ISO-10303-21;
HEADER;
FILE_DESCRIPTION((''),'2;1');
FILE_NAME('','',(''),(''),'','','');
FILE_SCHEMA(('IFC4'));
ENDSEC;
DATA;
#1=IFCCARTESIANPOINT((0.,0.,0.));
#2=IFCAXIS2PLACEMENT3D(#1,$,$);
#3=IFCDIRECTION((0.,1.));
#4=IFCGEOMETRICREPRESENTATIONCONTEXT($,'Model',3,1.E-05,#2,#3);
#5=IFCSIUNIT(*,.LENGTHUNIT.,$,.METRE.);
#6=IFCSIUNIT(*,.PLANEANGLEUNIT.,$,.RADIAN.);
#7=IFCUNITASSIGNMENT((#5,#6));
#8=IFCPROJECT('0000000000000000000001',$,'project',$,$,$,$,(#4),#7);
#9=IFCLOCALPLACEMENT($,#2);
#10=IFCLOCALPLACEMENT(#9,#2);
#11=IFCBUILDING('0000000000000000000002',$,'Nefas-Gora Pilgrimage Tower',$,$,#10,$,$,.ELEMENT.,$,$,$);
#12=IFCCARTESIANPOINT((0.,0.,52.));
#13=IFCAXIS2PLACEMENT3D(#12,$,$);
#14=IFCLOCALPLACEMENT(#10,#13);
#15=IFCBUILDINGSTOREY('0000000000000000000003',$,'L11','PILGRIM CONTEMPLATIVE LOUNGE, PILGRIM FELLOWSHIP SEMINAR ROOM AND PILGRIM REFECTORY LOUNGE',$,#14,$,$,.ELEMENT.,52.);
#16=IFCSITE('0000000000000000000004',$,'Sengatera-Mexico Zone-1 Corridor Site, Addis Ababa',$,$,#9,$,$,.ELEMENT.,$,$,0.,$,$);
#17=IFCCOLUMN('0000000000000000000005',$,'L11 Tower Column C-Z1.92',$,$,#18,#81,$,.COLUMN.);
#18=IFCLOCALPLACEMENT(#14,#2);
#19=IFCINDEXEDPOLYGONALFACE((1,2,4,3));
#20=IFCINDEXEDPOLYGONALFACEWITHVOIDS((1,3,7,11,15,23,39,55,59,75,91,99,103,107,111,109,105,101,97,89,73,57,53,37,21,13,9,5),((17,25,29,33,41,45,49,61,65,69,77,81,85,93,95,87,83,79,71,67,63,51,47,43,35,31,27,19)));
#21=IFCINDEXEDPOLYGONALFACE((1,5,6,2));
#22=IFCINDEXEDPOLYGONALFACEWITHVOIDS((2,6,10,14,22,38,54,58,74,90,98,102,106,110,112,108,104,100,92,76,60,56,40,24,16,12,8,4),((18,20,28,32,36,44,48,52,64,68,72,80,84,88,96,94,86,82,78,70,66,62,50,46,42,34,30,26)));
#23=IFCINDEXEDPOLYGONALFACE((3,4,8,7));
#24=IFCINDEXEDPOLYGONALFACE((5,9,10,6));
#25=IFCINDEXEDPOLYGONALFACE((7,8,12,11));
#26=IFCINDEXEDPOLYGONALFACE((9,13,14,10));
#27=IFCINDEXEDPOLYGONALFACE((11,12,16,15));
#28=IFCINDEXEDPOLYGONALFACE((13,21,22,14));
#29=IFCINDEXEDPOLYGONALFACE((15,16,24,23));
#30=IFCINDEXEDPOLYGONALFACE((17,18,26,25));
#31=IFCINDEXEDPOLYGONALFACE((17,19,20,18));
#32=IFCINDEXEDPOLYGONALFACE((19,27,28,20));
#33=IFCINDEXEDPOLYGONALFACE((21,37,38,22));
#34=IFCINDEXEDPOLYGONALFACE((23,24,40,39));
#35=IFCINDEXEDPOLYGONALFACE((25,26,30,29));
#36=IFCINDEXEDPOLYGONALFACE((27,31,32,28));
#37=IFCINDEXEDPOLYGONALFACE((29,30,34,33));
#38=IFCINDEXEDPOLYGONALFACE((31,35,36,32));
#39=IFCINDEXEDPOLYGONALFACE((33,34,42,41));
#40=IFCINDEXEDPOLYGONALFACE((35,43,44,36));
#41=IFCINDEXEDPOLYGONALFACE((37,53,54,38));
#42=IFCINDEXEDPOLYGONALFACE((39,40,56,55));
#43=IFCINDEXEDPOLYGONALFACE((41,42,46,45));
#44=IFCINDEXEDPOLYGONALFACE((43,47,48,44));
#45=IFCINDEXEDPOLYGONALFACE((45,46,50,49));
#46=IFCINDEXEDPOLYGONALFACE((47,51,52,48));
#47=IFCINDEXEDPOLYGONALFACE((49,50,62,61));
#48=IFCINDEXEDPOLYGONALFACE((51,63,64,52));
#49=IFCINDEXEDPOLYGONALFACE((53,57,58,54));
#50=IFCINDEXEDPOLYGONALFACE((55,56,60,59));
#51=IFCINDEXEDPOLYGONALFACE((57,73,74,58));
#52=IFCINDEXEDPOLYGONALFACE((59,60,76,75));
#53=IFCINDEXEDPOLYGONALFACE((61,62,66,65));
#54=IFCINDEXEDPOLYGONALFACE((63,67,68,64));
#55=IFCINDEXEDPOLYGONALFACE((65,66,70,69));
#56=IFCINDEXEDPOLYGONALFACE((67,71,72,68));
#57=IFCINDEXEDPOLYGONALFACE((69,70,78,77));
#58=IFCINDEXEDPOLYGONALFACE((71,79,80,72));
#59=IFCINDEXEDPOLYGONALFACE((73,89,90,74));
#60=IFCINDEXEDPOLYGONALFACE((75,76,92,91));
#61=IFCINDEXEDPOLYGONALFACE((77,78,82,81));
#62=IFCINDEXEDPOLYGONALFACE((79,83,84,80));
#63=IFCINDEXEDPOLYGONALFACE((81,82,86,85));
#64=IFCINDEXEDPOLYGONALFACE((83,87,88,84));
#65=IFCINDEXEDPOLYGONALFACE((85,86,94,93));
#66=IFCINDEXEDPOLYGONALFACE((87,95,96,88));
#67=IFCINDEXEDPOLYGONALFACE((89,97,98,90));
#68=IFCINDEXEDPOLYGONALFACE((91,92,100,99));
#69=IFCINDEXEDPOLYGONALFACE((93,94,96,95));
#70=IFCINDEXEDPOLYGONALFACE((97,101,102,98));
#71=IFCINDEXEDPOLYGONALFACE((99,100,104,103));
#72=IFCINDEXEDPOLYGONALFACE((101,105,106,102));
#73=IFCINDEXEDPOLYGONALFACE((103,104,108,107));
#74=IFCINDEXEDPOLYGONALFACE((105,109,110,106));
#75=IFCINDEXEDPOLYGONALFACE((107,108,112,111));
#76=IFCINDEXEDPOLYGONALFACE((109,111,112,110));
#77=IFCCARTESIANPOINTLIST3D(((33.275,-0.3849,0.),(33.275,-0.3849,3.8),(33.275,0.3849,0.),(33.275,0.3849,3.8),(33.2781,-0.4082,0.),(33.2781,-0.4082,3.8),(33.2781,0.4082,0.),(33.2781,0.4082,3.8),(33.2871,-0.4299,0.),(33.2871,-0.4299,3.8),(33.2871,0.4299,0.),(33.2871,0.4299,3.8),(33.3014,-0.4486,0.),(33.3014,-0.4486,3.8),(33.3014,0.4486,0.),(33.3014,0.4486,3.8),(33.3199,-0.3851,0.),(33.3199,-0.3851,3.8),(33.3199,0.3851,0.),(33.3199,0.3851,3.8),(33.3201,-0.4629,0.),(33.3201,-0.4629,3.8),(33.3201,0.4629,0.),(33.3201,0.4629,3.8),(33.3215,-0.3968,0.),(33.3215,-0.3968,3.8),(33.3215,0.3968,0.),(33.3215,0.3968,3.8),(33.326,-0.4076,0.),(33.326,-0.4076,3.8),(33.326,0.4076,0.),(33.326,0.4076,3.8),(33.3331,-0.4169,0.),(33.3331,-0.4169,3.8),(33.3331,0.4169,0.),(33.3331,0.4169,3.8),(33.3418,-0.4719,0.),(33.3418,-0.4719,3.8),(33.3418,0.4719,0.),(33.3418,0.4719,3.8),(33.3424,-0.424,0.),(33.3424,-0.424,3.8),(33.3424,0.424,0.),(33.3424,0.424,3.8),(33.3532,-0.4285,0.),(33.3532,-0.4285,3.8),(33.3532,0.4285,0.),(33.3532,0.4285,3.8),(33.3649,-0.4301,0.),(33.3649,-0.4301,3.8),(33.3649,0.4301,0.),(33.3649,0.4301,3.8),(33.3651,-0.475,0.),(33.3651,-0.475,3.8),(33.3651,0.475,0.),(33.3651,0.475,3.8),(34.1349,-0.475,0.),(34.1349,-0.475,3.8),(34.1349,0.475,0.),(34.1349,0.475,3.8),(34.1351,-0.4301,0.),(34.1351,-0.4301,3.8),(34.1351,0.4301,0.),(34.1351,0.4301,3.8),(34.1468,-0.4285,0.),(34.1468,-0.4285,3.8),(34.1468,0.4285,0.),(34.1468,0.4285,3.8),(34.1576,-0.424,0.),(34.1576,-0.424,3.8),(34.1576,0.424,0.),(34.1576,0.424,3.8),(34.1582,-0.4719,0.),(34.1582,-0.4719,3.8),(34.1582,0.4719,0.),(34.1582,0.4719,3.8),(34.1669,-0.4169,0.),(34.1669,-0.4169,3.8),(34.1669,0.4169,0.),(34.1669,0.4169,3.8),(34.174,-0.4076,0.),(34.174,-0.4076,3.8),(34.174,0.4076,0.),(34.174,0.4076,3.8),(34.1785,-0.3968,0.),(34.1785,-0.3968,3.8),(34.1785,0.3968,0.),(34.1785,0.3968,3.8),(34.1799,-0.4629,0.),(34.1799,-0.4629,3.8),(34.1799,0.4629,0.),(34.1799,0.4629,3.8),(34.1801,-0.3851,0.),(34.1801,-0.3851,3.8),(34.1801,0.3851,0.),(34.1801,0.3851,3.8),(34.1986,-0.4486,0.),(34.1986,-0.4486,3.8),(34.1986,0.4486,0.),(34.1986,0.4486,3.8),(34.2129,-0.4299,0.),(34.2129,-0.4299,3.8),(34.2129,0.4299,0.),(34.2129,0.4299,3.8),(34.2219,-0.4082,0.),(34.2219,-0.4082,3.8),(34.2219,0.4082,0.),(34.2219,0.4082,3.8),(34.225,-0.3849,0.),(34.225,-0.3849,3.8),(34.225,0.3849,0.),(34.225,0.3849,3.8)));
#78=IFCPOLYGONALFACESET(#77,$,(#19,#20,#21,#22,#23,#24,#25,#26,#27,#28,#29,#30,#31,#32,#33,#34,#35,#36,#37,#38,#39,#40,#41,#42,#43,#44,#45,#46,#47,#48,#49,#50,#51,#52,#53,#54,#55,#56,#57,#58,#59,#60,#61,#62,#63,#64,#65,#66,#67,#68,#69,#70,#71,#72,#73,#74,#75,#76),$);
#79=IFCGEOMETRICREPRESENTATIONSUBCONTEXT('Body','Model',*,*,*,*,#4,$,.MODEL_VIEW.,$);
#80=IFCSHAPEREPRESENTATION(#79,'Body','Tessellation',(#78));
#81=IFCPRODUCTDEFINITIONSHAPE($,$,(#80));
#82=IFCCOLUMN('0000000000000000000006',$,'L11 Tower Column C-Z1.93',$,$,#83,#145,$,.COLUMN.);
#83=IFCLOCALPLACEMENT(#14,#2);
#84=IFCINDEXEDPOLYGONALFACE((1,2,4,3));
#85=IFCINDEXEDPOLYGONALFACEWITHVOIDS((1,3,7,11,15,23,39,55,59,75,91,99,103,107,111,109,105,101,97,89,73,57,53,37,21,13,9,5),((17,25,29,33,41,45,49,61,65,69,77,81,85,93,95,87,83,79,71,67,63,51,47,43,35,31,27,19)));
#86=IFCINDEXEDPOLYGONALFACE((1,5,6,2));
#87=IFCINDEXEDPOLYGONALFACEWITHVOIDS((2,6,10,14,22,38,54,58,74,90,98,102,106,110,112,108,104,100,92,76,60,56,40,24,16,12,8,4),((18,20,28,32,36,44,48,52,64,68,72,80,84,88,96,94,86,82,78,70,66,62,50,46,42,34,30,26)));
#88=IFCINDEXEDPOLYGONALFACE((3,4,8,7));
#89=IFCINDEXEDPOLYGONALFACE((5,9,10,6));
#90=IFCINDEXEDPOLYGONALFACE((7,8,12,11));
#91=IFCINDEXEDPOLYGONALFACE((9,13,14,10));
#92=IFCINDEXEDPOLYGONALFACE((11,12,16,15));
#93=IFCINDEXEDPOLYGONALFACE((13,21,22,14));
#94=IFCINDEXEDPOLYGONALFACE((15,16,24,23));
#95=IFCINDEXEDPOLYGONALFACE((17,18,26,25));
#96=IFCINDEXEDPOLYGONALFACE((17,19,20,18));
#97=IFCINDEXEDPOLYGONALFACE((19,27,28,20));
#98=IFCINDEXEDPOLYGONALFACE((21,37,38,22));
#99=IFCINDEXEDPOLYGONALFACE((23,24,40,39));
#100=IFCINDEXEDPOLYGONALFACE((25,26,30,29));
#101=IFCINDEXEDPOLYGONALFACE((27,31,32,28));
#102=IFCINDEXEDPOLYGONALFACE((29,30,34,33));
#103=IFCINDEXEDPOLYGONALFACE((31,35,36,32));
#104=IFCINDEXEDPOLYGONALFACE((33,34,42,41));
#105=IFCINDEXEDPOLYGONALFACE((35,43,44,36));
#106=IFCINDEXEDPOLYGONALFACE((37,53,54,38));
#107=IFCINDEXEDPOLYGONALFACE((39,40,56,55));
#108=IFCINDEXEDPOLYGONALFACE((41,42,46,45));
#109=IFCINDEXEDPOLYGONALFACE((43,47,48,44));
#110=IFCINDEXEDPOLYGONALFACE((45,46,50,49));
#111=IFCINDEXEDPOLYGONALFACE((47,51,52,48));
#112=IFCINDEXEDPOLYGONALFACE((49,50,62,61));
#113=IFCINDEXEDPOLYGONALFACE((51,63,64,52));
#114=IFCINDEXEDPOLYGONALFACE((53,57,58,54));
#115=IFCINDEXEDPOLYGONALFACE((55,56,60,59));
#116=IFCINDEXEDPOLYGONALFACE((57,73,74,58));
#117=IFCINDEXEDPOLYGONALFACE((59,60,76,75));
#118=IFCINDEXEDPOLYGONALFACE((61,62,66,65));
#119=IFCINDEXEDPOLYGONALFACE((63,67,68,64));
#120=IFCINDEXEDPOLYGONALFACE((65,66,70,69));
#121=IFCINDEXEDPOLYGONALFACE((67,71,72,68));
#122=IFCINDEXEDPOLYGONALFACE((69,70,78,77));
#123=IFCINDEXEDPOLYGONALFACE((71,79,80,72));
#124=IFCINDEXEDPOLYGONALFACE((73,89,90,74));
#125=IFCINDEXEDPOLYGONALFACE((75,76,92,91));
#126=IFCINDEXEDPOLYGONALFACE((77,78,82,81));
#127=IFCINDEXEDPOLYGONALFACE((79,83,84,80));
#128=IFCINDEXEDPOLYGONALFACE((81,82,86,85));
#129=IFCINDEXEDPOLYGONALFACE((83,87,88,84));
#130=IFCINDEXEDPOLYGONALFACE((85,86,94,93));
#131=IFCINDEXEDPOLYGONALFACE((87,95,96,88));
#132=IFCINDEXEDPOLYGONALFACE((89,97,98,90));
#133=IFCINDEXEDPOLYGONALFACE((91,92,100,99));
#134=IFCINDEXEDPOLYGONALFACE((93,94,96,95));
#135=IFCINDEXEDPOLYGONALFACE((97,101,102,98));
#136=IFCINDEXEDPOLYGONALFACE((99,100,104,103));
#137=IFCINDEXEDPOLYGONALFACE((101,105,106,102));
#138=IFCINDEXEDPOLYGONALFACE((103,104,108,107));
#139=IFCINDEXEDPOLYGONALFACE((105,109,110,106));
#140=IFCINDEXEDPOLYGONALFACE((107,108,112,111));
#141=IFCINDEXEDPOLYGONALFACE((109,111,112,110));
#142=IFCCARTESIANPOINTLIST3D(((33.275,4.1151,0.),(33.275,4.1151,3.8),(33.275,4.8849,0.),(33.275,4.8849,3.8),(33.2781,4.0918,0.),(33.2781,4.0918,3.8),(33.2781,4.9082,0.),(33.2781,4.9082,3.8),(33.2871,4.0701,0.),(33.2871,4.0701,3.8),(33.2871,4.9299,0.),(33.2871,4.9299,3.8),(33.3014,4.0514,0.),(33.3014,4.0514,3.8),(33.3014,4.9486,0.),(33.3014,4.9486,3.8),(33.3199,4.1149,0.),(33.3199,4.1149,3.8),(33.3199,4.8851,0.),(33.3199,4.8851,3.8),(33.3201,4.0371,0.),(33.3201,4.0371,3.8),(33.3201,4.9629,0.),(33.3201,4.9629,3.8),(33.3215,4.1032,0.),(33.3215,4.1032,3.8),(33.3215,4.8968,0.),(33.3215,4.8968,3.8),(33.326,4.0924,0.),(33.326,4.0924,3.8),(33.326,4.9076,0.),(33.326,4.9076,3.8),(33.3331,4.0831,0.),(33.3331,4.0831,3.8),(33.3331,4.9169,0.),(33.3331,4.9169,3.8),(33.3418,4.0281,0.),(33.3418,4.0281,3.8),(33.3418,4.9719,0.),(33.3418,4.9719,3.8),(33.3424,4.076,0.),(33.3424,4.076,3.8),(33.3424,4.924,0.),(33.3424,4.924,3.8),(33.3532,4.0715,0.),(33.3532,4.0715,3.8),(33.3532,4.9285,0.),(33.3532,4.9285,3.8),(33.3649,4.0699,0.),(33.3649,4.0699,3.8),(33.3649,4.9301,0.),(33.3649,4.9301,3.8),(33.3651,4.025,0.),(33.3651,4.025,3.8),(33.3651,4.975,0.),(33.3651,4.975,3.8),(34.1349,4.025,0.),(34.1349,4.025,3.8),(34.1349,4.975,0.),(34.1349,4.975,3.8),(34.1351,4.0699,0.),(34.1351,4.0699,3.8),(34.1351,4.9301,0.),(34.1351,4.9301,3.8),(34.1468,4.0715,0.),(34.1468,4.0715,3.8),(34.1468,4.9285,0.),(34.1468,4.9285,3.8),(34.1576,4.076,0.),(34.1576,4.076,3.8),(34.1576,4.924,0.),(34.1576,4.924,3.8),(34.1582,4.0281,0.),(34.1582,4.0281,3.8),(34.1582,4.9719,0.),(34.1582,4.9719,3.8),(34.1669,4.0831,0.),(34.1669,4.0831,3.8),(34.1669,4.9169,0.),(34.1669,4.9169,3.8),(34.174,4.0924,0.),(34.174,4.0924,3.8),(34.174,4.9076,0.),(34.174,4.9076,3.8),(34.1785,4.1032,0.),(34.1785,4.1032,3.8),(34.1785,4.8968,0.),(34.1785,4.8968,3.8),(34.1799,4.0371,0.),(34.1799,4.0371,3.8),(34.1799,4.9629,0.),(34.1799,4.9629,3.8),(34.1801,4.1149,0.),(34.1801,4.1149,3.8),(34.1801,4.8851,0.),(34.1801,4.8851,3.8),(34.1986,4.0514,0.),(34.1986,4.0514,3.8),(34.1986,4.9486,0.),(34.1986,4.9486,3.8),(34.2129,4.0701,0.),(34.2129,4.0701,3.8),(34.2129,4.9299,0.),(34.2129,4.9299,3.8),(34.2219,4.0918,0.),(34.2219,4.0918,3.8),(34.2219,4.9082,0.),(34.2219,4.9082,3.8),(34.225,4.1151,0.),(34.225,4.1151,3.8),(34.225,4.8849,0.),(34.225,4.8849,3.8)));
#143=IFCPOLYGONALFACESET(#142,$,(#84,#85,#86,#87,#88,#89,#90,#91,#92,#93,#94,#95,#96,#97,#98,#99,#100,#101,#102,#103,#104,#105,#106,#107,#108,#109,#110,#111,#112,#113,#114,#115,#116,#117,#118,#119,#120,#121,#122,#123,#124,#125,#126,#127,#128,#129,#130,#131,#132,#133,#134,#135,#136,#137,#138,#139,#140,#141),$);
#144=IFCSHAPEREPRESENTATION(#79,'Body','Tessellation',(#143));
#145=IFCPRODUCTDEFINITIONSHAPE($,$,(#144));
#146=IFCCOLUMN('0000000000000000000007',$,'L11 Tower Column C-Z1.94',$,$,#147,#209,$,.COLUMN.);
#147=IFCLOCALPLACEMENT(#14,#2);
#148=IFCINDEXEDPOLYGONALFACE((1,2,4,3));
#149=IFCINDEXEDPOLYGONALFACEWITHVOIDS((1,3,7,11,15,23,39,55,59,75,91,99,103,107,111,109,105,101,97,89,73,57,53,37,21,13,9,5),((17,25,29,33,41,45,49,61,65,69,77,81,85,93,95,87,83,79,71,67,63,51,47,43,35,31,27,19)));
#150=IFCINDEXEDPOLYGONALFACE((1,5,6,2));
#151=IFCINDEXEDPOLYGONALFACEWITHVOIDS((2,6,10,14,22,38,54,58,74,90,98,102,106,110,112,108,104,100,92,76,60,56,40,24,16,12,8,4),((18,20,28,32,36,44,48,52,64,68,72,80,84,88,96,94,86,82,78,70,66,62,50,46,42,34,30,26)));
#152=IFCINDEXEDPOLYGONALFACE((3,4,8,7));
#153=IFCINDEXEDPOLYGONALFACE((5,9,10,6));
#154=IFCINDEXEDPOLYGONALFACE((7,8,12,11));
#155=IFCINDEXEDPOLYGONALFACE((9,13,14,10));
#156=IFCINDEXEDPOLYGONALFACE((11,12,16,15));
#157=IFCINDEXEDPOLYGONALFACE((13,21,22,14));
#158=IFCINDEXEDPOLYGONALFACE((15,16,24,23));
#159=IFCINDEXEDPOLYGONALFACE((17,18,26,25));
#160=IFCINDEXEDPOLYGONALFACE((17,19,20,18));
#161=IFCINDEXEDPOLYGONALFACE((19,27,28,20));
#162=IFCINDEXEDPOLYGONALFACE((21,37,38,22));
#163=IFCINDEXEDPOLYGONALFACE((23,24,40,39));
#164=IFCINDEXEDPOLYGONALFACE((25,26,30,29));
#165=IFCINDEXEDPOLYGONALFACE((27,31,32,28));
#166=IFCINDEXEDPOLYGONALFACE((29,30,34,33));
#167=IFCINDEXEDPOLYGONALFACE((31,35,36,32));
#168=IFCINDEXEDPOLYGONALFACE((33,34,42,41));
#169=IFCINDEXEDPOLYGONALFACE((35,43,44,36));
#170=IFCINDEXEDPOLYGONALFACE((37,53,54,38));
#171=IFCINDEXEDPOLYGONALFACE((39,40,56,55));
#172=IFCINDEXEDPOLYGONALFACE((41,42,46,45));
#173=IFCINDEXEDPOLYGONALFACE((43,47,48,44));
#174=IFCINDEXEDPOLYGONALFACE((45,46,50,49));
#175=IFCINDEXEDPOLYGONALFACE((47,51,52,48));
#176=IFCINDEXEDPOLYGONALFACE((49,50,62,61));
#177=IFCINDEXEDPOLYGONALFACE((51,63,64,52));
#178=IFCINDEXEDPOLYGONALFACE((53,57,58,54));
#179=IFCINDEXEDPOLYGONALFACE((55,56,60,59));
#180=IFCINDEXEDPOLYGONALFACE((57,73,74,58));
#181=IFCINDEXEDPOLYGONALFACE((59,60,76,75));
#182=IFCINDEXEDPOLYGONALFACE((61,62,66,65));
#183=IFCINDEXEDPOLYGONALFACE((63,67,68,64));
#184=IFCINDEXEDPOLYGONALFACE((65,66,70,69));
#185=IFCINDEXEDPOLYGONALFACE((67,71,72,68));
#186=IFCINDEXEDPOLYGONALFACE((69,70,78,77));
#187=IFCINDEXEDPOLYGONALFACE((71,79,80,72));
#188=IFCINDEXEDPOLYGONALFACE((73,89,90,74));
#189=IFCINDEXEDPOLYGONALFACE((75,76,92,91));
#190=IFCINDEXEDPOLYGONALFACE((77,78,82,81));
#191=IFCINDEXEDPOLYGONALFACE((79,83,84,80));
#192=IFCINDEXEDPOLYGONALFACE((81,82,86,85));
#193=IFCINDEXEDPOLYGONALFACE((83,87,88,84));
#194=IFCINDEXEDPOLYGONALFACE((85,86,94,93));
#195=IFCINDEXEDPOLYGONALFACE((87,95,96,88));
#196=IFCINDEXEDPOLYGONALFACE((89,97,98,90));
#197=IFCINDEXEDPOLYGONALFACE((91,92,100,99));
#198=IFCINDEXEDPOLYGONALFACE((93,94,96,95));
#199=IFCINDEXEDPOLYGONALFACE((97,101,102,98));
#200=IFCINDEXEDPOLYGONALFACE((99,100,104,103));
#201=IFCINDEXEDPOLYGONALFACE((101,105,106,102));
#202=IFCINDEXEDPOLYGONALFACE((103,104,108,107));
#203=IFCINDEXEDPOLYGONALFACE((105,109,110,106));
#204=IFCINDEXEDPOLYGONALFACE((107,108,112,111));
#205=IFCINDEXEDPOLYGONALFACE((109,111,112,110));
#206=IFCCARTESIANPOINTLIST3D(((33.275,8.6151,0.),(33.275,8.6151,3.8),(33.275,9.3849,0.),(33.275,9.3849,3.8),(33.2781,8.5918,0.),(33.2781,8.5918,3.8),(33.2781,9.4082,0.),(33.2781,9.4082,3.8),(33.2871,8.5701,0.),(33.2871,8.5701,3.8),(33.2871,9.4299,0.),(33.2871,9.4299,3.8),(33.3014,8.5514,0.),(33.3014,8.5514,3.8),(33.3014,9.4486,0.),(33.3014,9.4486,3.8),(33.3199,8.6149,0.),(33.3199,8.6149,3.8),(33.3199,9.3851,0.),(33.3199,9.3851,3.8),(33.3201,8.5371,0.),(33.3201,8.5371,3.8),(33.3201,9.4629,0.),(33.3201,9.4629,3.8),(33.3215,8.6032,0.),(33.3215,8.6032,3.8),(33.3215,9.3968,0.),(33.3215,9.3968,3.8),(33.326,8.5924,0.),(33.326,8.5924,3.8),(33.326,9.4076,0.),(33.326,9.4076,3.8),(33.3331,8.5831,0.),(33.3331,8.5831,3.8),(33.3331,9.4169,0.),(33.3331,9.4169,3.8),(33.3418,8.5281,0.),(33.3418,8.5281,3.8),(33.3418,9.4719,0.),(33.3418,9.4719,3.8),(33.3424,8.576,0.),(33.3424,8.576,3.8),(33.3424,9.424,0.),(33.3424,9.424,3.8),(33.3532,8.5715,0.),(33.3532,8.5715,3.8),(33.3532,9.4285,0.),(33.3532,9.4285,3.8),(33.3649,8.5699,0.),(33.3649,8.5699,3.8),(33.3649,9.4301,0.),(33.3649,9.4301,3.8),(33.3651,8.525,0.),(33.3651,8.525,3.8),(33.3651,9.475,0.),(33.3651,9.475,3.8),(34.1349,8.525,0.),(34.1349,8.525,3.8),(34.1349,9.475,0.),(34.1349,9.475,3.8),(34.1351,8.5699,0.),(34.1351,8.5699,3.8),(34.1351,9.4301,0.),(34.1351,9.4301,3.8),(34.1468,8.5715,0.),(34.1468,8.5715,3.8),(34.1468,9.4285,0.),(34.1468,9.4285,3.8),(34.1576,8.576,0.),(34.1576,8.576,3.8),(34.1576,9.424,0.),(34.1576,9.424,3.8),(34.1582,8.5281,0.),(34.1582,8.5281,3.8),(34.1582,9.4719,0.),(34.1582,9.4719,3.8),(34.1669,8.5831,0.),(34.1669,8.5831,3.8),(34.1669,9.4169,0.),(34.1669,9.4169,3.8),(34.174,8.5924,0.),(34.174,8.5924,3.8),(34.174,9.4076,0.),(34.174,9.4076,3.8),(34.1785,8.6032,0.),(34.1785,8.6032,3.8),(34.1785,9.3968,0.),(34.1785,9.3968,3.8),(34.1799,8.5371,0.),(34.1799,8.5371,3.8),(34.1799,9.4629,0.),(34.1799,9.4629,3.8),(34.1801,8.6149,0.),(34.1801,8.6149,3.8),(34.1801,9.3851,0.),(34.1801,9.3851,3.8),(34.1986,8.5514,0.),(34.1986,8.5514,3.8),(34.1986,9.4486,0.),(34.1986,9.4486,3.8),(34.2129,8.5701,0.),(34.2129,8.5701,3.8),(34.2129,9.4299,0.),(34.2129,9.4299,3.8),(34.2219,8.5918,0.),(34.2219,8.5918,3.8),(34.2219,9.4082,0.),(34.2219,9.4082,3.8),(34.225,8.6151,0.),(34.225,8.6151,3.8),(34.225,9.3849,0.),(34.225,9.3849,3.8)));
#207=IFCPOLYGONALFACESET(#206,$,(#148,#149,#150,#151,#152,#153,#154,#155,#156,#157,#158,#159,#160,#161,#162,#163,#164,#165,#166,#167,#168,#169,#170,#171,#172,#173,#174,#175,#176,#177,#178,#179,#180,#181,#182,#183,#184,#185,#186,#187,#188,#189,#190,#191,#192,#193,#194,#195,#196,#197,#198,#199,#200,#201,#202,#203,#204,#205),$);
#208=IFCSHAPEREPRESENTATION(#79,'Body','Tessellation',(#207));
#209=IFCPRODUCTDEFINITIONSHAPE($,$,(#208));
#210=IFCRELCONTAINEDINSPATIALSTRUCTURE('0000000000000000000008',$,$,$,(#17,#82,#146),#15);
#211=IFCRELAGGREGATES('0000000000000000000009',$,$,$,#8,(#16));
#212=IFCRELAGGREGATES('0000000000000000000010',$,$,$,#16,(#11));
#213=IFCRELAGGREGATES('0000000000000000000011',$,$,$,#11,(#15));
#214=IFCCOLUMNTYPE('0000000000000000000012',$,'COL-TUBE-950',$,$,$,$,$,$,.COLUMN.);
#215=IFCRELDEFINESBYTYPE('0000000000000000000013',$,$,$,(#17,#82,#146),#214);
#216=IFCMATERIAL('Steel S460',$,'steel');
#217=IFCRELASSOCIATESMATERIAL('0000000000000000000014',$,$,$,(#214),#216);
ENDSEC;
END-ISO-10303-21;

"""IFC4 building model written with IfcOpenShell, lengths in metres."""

from ifc_helpers import new_model, si_unit, direction, frame, origin, origin_2d, place, context, subcontext, project, spatial, hollow_rectangle, extrude, source, transform, mapped, material, material_profile, profile_set, type_object, element, save


model = new_model("IFC4")

# Units and contexts
model_context = context("Model", 3, precision=1e-05, world=origin(), true_north=direction((0.0, 1.0)))
body_context = subcontext(model_context, "Body", "Model", "MODEL_VIEW")
ifc_project = project(units=[si_unit("LENGTHUNIT", "METRE"), si_unit("PLANEANGLEUNIT", "RADIAN")], contexts=[model_context])

# Site, building, storey
site_placement = place(None, origin())
site = spatial("IfcSite", under=ifc_project, at=site_placement, Name="Sengatera-Mexico Zone-1 Corridor Site, Addis Ababa", CompositionType="ELEMENT", RefElevation=0.0)
building_placement = place(site_placement, origin())
building = spatial("IfcBuilding", under=site, at=building_placement, Name="Nefas-Gora Pilgrimage Tower", CompositionType="ELEMENT")
storey_placement = place(building_placement, frame((0.0, 0.0, 52.0)))
storey = spatial("IfcBuildingStorey", under=building, at=storey_placement, Name="L11", Description="PILGRIM CONTEMPLATIVE LOUNGE, PILGRIM FELLOWSHIP SEMINAR ROOM AND PILGRIM REFECTORY LOUNGE", CompositionType="ELEMENT", Elevation=52.0)

# Columns
ifc_material_1 = material(Name="Steel S460", Category="steel")
ifc_material_profile_1 = material_profile(ifc_material_1, hollow_rectangle(XDim=0.95, YDim=0.95, WallThickness=0.0449, InnerFilletRadius=0.0449, OuterFilletRadius=0.0901, at=origin_2d()), Name="BOX 950x950x45")
ifc_profile_set_1 = profile_set([ifc_material_profile_1], Name="Steel S460")
column_type_1 = type_object("IfcColumnType", Name="COL-TUBE-950", PredefinedType="COLUMN", material=ifc_profile_set_1)
shared_shape_1 = source(origin(), body_context, "Body", "SweptSolid", [
    extrude(hollow_rectangle(XDim=0.95, YDim=0.95, WallThickness=0.0449, InnerFilletRadius=0.0449, OuterFilletRadius=0.0901, at=origin_2d()), origin(), (0.0, 0.0, 1.0), 3.8),
])
for number, where, z_axis, x_axis, name in (
    (1, (33.75, 0.0, 0.0), (0.0, 0.0, 1.0), (1.0, 0.0, 0.0), "L11 Tower Column C-Z1.92"),
    (2, (33.75, 4.5, 0.0), (0.0, 0.0, 1.0), (1.0, 0.0, 0.0), "L11 Tower Column C-Z1.93"),
    (3, (33.75, 9.0, 0.0), (0.0, 0.0, 1.0), (1.0, 0.0, 0.0), "L11 Tower Column C-Z1.94"),
):
    element("IfcColumn", number, at=place(storey_placement, frame(where, z_axis=z_axis, x_axis=x_axis)), inside=storey, type_object=column_type_1, Name=name, PredefinedType="COLUMN", context=body_context, shape_type="MappedRepresentation", body=[
        mapped(shared_shape_1, transform((0.0, 0.0, 0.0), x_axis=(1.0, 0.0, 0.0), y_axis=(0.0, 1.0, 0.0), z_axis=(0.0, 0.0, 1.0), scale=1.0)),
    ])

save(model, "model.ifc")
